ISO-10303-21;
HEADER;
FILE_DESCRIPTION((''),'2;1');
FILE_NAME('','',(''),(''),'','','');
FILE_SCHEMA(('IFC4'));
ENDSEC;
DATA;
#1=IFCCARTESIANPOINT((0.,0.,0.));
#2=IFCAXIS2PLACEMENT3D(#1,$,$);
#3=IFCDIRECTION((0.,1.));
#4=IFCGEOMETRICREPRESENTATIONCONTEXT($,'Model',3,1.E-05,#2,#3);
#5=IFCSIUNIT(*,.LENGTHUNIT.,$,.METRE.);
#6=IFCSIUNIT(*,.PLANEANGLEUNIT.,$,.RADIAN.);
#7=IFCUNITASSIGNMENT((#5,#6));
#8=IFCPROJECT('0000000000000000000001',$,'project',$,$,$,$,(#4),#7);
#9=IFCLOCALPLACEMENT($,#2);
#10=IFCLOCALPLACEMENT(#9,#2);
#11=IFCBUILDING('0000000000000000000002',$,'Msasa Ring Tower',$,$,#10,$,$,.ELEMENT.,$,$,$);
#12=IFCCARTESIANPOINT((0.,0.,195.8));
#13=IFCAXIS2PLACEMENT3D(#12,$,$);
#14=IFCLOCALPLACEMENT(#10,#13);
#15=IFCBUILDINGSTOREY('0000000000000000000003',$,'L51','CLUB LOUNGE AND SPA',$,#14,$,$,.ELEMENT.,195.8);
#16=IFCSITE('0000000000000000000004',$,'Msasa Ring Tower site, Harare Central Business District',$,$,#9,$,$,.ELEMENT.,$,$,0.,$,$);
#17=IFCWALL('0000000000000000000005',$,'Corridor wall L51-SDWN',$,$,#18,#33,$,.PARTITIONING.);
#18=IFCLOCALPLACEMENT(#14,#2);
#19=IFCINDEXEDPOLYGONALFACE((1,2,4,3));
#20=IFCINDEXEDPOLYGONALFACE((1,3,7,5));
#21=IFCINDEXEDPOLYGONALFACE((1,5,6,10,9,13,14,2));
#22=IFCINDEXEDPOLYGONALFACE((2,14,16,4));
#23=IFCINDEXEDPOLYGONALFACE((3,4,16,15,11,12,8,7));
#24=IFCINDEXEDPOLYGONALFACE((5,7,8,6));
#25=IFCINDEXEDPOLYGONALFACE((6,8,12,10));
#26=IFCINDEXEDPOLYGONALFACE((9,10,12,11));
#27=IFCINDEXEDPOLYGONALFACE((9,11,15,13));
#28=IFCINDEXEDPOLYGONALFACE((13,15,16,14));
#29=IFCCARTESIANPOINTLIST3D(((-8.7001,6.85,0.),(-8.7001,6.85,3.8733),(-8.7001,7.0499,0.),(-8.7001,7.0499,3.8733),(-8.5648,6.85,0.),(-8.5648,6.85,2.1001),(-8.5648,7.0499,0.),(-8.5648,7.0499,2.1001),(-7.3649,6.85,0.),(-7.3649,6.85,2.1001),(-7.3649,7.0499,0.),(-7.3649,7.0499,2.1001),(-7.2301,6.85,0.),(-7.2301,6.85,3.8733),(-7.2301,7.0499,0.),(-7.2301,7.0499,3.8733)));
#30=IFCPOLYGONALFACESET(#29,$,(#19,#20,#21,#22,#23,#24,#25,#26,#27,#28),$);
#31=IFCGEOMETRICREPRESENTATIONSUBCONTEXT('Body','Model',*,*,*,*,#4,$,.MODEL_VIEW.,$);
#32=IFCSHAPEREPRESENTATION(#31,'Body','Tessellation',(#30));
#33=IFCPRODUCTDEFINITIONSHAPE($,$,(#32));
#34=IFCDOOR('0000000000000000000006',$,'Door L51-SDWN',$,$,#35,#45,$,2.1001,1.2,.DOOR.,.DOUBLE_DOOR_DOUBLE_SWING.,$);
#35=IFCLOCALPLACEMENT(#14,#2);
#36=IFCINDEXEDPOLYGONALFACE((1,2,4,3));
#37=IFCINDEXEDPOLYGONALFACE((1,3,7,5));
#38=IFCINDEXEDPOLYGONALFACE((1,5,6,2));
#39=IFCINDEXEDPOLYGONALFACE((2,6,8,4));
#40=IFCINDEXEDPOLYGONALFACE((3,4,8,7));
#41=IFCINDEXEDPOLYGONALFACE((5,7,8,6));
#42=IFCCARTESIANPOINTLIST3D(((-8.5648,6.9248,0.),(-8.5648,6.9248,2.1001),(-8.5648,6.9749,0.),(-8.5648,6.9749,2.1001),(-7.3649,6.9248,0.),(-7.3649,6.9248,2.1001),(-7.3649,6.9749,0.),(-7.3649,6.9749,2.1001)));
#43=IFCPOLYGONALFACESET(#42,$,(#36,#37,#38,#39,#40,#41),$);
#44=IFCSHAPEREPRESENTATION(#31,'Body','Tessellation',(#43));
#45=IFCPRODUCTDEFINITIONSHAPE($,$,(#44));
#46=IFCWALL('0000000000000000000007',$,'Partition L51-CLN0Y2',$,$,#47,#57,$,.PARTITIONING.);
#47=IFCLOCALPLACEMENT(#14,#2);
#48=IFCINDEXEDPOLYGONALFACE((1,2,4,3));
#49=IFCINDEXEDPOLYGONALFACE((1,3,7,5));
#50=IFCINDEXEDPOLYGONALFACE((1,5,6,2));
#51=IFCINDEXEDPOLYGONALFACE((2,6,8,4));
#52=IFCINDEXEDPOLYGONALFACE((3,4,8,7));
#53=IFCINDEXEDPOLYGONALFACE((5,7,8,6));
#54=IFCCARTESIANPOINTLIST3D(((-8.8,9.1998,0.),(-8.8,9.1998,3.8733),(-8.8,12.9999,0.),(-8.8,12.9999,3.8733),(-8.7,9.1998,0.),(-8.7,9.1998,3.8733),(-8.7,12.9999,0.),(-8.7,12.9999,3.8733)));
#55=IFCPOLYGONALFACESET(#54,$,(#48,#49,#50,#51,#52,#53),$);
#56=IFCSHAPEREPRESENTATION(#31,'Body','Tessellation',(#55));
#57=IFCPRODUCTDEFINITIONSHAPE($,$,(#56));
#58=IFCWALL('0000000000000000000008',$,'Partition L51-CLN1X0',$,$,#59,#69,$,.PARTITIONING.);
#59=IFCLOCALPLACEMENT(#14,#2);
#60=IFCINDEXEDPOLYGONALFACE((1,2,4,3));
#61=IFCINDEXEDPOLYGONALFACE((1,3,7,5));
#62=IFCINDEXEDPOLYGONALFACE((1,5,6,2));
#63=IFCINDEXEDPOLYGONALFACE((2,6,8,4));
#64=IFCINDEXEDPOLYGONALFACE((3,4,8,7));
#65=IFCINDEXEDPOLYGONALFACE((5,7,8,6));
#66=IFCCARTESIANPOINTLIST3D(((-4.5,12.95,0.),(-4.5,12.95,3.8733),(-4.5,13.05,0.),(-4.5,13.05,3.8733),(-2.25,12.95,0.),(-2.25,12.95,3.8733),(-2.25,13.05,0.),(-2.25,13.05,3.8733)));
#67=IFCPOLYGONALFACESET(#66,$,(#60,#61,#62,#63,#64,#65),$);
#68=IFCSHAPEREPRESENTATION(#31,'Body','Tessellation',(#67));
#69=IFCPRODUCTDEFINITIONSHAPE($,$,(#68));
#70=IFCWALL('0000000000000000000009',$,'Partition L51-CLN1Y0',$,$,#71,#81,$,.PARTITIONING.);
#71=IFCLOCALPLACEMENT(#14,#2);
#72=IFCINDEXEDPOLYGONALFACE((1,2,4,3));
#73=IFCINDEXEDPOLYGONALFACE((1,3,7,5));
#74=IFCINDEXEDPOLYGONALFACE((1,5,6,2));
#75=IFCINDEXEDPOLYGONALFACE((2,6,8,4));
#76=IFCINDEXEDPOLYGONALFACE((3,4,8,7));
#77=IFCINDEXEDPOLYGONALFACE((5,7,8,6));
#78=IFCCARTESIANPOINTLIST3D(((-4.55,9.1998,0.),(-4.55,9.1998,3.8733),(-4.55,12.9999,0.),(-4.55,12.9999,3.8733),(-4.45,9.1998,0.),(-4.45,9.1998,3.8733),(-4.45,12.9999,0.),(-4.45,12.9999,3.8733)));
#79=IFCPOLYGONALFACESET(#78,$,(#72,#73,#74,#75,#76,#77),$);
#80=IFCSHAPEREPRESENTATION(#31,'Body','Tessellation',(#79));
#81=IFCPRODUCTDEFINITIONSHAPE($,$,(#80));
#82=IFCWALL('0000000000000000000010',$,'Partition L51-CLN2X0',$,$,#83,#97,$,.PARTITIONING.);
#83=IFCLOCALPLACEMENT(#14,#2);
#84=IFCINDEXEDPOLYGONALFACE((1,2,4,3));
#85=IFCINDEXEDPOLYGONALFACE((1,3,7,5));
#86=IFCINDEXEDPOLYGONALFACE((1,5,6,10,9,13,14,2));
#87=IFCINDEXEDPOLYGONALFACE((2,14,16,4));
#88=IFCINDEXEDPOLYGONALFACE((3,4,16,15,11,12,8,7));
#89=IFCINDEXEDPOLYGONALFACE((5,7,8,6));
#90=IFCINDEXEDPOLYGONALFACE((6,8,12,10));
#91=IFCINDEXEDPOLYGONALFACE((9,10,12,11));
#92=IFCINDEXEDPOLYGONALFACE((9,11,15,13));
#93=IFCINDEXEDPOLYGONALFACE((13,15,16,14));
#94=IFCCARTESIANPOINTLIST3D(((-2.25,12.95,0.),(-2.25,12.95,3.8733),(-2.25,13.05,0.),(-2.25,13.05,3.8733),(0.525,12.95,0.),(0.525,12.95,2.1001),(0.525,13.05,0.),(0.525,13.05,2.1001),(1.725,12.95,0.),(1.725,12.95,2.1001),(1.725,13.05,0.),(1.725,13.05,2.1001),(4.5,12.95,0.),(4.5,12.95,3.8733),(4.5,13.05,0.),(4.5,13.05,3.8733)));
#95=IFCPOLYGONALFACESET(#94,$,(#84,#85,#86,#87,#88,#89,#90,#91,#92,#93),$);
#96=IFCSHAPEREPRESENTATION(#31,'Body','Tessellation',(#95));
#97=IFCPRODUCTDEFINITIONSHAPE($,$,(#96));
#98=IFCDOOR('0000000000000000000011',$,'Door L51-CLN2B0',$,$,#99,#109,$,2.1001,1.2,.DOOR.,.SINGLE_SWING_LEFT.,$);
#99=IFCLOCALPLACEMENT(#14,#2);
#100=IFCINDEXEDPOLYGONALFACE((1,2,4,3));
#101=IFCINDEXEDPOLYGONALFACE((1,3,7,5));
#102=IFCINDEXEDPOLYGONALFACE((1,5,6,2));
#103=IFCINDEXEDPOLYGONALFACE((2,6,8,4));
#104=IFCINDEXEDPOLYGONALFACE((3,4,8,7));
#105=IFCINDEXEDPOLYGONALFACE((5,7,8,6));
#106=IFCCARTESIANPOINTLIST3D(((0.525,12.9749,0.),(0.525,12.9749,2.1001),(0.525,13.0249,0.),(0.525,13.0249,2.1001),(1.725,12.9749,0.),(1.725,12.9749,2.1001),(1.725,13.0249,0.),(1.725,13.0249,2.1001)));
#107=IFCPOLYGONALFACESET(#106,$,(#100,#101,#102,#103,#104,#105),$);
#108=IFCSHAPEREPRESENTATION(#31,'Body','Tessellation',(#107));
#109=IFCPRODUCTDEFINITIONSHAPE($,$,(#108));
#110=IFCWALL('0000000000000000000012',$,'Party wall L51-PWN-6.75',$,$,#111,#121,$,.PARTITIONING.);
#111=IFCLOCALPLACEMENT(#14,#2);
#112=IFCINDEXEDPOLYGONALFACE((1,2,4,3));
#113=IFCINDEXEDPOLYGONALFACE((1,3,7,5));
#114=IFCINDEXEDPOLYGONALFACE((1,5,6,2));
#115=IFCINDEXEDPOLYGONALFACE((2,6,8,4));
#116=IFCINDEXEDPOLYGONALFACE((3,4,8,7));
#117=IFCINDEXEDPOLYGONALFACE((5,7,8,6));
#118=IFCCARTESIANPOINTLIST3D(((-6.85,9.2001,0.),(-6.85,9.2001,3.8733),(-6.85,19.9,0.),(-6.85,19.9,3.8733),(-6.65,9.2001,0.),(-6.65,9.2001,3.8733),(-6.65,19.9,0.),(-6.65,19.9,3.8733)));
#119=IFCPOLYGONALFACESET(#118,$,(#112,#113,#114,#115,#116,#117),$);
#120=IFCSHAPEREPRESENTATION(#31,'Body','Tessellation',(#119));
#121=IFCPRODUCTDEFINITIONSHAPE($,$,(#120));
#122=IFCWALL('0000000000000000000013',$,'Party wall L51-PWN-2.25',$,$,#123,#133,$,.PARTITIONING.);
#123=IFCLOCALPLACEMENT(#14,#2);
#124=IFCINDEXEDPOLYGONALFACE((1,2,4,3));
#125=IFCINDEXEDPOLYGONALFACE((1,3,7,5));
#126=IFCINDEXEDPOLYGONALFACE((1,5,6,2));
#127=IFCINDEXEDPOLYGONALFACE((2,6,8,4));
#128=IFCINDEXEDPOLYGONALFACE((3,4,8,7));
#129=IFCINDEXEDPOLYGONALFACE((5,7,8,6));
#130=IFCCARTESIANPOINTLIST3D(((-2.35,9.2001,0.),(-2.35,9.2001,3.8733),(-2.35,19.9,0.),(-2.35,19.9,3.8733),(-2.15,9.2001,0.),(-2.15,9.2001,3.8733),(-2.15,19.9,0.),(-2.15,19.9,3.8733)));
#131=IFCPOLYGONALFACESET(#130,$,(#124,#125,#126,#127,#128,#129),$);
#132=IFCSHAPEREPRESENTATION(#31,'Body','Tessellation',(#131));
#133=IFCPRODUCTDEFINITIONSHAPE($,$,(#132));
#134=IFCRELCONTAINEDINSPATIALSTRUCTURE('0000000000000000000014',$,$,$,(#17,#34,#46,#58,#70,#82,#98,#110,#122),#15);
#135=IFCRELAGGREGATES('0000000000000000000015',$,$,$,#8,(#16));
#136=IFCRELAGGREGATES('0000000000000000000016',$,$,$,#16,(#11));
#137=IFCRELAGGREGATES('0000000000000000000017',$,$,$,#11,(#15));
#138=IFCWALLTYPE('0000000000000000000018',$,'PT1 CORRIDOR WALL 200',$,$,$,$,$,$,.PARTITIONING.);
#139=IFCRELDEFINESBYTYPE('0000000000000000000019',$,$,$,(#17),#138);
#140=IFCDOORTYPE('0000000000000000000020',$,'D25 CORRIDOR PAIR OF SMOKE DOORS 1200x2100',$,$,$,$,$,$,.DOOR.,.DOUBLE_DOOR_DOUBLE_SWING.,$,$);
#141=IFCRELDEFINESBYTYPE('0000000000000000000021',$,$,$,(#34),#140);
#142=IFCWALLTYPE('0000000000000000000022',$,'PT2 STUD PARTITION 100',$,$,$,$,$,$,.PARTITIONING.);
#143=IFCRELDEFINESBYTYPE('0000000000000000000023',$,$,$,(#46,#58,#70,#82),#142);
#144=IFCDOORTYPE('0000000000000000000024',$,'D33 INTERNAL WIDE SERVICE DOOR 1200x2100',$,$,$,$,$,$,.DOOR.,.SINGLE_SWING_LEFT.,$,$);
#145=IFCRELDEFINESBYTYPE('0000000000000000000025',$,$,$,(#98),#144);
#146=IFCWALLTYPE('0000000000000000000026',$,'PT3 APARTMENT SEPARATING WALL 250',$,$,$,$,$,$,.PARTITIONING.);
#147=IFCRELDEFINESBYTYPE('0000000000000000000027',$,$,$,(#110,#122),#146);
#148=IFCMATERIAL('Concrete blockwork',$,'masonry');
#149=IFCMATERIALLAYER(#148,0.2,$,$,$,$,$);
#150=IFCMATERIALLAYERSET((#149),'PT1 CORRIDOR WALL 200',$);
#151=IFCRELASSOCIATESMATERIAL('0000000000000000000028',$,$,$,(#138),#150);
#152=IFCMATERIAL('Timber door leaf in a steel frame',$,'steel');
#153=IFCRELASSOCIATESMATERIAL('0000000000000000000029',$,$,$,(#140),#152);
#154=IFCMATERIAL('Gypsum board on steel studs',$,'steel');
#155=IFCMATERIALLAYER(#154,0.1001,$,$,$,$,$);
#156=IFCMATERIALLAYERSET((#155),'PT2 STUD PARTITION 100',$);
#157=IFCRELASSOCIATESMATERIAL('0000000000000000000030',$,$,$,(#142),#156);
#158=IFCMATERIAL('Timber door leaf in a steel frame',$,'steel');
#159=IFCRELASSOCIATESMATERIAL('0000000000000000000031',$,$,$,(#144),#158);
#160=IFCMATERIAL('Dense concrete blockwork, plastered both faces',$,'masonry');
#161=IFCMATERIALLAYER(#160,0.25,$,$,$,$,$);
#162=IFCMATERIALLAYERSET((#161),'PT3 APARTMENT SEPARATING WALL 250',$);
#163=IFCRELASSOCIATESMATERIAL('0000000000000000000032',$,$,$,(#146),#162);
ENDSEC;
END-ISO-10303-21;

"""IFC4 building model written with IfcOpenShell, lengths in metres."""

from ifc_helpers import new_model, si_unit, direction, frame, frame_2d, origin, place, context, subcontext, project, spatial, rectangle, extrude, material, layer, layer_set, type_object, element, fill, save


model = new_model("IFC4")

# Units and contexts
model_context = context("Model", 3, precision=1e-05, world=origin(), true_north=direction((0.0, 1.0)))
body_context = subcontext(model_context, "Body", "Model", "MODEL_VIEW")
ifc_project = project(units=[si_unit("LENGTHUNIT", "METRE"), si_unit("PLANEANGLEUNIT", "RADIAN")], contexts=[model_context])

# Site, building, storey
site_placement = place(None, origin())
site = spatial("IfcSite", under=ifc_project, at=site_placement, Name="Msasa Ring Tower site, Harare Central Business District", CompositionType="ELEMENT", RefElevation=0.0)
building_placement = place(site_placement, origin())
building = spatial("IfcBuilding", under=site, at=building_placement, Name="Msasa Ring Tower", CompositionType="ELEMENT")
storey_placement = place(building_placement, frame((0.0, 0.0, 195.8)))
storey = spatial("IfcBuildingStorey", under=building, at=storey_placement, Name="L51", Description="CLUB LOUNGE AND SPA", CompositionType="ELEMENT", Elevation=195.8)

# Wall, opening, door
ifc_material_1 = material(Name="Concrete blockwork", Category="masonry")
ifc_layer_1 = layer(ifc_material_1, 0.2)
ifc_layer_set_1 = layer_set([ifc_layer_1], Name="PT1 CORRIDOR WALL 200")
wall_type_1 = type_object("IfcWallType", Name="PT1 CORRIDOR WALL 200", PredefinedType="PARTITIONING", material=ifc_layer_set_1)
wall_1_placement = place(storey_placement, frame((-8.7, 6.95, 0.0), z_axis=(0.0, 0.0, 1.0), x_axis=(1.0, 0.0, 0.0)))
wall_1 = element("IfcWall", 1, at=wall_1_placement, inside=storey, type_object=wall_type_1, Name="Corridor wall L51-SDWN", PredefinedType="PARTITIONING", context=body_context, shape_type="SweptSolid", body=[
    extrude(rectangle(XDim=1.47, YDim=0.2, at=frame_2d((0.7349, 0.0))), origin(), (0.0, 0.0, 1.0), 3.8733),
])
opening_1_placement = place(wall_1_placement, frame((0.135, 0.0, 0.0)))
opening_1 = element("IfcOpeningElement", 2, at=opening_1_placement, cuts=wall_1, PredefinedType="OPENING", context=body_context, shape_type="SweptSolid", body=[
    extrude(rectangle(XDim=1.2, YDim=2.1001, at=frame_2d((0.6001, 1.05))), frame((0.0, 0.1099, 0.0), z_axis=(0.0, -1.0, 0.0), x_axis=(1.0, 0.0, 0.0)), (0.0, 0.0, 1.0), 0.22),
])
ifc_material_2 = material(Name="Timber door leaf in a steel frame", Category="steel")
door_type_1 = type_object("IfcDoorType", Name="D25 CORRIDOR PAIR OF SMOKE DOORS 1200x2100", OperationType="DOUBLE_DOOR_DOUBLE_SWING", PredefinedType="DOOR", material=ifc_material_2)
door_1_placement = place(opening_1_placement, origin())
door_1 = element("IfcDoor", 3, at=door_1_placement, inside=storey, type_object=door_type_1, Name="Door L51-SDWN", OperationType="DOUBLE_DOOR_DOUBLE_SWING", OverallHeight=2.1001, OverallWidth=1.2, PredefinedType="DOOR", context=body_context, shape_type="SweptSolid", body=[
    extrude(rectangle(XDim=1.2, YDim=2.1001, at=frame_2d((0.6001, 1.05))), frame((0.0, 0.0249, 0.0), z_axis=(0.0, -1.0, 0.0), x_axis=(1.0, 0.0, 0.0)), (0.0, 0.0, 1.0), 0.05),
])
fill(opening_1, door_1)

# Walls
ifc_material_3 = material(Name="Gypsum board on steel studs", Category="steel")
ifc_layer_2 = layer(ifc_material_3, 0.1001)
ifc_layer_set_2 = layer_set([ifc_layer_2], Name="PT2 STUD PARTITION 100")
wall_type_2 = type_object("IfcWallType", Name="PT2 STUD PARTITION 100", PredefinedType="PARTITIONING", material=ifc_layer_set_2)
wall_2_placement = place(storey_placement, frame((-8.75, 9.2, 0.0), z_axis=(0.0, 0.0, 1.0), x_axis=(0.0, 1.0, 0.0)))
element("IfcWall", 4, at=wall_2_placement, inside=storey, type_object=wall_type_2, Name="Partition L51-CLN0Y2", PredefinedType="PARTITIONING", context=body_context, shape_type="SweptSolid", body=[
    extrude(rectangle(XDim=3.8, YDim=0.1001, at=frame_2d((1.8999, 0.0))), origin(), (0.0, 0.0, 1.0), 3.8733),
])
wall_3_placement = place(storey_placement, frame((-4.5, 13.0, 0.0), z_axis=(0.0, 0.0, 1.0), x_axis=(1.0, 0.0, 0.0)))
element("IfcWall", 5, at=wall_3_placement, inside=storey, type_object=wall_type_2, Name="Partition L51-CLN1X0", PredefinedType="PARTITIONING", context=body_context, shape_type="SweptSolid", body=[
    extrude(rectangle(XDim=2.25, YDim=0.1001, at=frame_2d((1.125, 0.0))), origin(), (0.0, 0.0, 1.0), 3.8733),
])
wall_4_placement = place(storey_placement, frame((-4.5, 9.2, 0.0), z_axis=(0.0, 0.0, 1.0), x_axis=(0.0, 1.0, 0.0)))
element("IfcWall", 6, at=wall_4_placement, inside=storey, type_object=wall_type_2, Name="Partition L51-CLN1Y0", PredefinedType="PARTITIONING", context=body_context, shape_type="SweptSolid", body=[
    extrude(rectangle(XDim=3.8, YDim=0.1001, at=frame_2d((1.8999, 0.0))), origin(), (0.0, 0.0, 1.0), 3.8733),
])

# Wall, opening, door
wall_5_placement = place(storey_placement, frame((-2.25, 13.0, 0.0), z_axis=(0.0, 0.0, 1.0), x_axis=(1.0, 0.0, 0.0)))
wall_5 = element("IfcWall", 7, at=wall_5_placement, inside=storey, type_object=wall_type_2, Name="Partition L51-CLN2X0", PredefinedType="PARTITIONING", context=body_context, shape_type="SweptSolid", body=[
    extrude(rectangle(XDim=6.75, YDim=0.1001, at=frame_2d((3.375, 0.0))), origin(), (0.0, 0.0, 1.0), 3.8733),
])
opening_2_placement = place(wall_5_placement, frame((2.7749, 0.0, 0.0)))
opening_2 = element("IfcOpeningElement", 8, at=opening_2_placement, cuts=wall_5, PredefinedType="OPENING", context=body_context, shape_type="SweptSolid", body=[
    extrude(rectangle(XDim=1.2, YDim=2.1001, at=frame_2d((0.6001, 1.05))), frame((0.0, 0.0601, 0.0), z_axis=(0.0, -1.0, 0.0), x_axis=(1.0, 0.0, 0.0)), (0.0, 0.0, 1.0), 0.1201),
])
ifc_material_4 = material(Name="Timber door leaf in a steel frame", Category="steel")
door_type_2 = type_object("IfcDoorType", Name="D33 INTERNAL WIDE SERVICE DOOR 1200x2100", OperationType="SINGLE_SWING_LEFT", PredefinedType="DOOR", material=ifc_material_4)
door_2_placement = place(opening_2_placement, origin())
door_2 = element("IfcDoor", 9, at=door_2_placement, inside=storey, type_object=door_type_2, Name="Door L51-CLN2B0", OperationType="SINGLE_SWING_LEFT", OverallHeight=2.1001, OverallWidth=1.2, PredefinedType="DOOR", context=body_context, shape_type="SweptSolid", body=[
    extrude(rectangle(XDim=1.2, YDim=2.1001, at=frame_2d((0.6001, 1.05))), frame((0.0, 0.0249, 0.0), z_axis=(0.0, -1.0, 0.0), x_axis=(1.0, 0.0, 0.0)), (0.0, 0.0, 1.0), 0.05),
])
fill(opening_2, door_2)

# Walls
ifc_material_5 = material(Name="Dense concrete blockwork, plastered both faces", Category="masonry")
ifc_layer_3 = layer(ifc_material_5, 0.25)
ifc_layer_set_3 = layer_set([ifc_layer_3], Name="PT3 APARTMENT SEPARATING WALL 250")
wall_type_3 = type_object("IfcWallType", Name="PT3 APARTMENT SEPARATING WALL 250", PredefinedType="PARTITIONING", material=ifc_layer_set_3)
for number, where, z_axis, x_axis, name in (
    (10, (-6.75, 9.2, 0.0), (0.0, 0.0, 1.0), (0.0, 1.0, 0.0), "Party wall L51-PWN-6.75"),
    (11, (-2.25, 9.2, 0.0), (0.0, 0.0, 1.0), (0.0, 1.0, 0.0), "Party wall L51-PWN-2.25"),
):
    element("IfcWall", number, at=place(storey_placement, frame(where, z_axis=z_axis, x_axis=x_axis)), inside=storey, type_object=wall_type_3, Name=name, PredefinedType="PARTITIONING", context=body_context, shape_type="SweptSolid", body=[
        extrude(rectangle(XDim=10.7, YDim=0.2, at=frame_2d((5.3501, 0.0))), origin(), (0.0, 0.0, 1.0), 3.8733),
    ])

save(model, "model.ifc")
